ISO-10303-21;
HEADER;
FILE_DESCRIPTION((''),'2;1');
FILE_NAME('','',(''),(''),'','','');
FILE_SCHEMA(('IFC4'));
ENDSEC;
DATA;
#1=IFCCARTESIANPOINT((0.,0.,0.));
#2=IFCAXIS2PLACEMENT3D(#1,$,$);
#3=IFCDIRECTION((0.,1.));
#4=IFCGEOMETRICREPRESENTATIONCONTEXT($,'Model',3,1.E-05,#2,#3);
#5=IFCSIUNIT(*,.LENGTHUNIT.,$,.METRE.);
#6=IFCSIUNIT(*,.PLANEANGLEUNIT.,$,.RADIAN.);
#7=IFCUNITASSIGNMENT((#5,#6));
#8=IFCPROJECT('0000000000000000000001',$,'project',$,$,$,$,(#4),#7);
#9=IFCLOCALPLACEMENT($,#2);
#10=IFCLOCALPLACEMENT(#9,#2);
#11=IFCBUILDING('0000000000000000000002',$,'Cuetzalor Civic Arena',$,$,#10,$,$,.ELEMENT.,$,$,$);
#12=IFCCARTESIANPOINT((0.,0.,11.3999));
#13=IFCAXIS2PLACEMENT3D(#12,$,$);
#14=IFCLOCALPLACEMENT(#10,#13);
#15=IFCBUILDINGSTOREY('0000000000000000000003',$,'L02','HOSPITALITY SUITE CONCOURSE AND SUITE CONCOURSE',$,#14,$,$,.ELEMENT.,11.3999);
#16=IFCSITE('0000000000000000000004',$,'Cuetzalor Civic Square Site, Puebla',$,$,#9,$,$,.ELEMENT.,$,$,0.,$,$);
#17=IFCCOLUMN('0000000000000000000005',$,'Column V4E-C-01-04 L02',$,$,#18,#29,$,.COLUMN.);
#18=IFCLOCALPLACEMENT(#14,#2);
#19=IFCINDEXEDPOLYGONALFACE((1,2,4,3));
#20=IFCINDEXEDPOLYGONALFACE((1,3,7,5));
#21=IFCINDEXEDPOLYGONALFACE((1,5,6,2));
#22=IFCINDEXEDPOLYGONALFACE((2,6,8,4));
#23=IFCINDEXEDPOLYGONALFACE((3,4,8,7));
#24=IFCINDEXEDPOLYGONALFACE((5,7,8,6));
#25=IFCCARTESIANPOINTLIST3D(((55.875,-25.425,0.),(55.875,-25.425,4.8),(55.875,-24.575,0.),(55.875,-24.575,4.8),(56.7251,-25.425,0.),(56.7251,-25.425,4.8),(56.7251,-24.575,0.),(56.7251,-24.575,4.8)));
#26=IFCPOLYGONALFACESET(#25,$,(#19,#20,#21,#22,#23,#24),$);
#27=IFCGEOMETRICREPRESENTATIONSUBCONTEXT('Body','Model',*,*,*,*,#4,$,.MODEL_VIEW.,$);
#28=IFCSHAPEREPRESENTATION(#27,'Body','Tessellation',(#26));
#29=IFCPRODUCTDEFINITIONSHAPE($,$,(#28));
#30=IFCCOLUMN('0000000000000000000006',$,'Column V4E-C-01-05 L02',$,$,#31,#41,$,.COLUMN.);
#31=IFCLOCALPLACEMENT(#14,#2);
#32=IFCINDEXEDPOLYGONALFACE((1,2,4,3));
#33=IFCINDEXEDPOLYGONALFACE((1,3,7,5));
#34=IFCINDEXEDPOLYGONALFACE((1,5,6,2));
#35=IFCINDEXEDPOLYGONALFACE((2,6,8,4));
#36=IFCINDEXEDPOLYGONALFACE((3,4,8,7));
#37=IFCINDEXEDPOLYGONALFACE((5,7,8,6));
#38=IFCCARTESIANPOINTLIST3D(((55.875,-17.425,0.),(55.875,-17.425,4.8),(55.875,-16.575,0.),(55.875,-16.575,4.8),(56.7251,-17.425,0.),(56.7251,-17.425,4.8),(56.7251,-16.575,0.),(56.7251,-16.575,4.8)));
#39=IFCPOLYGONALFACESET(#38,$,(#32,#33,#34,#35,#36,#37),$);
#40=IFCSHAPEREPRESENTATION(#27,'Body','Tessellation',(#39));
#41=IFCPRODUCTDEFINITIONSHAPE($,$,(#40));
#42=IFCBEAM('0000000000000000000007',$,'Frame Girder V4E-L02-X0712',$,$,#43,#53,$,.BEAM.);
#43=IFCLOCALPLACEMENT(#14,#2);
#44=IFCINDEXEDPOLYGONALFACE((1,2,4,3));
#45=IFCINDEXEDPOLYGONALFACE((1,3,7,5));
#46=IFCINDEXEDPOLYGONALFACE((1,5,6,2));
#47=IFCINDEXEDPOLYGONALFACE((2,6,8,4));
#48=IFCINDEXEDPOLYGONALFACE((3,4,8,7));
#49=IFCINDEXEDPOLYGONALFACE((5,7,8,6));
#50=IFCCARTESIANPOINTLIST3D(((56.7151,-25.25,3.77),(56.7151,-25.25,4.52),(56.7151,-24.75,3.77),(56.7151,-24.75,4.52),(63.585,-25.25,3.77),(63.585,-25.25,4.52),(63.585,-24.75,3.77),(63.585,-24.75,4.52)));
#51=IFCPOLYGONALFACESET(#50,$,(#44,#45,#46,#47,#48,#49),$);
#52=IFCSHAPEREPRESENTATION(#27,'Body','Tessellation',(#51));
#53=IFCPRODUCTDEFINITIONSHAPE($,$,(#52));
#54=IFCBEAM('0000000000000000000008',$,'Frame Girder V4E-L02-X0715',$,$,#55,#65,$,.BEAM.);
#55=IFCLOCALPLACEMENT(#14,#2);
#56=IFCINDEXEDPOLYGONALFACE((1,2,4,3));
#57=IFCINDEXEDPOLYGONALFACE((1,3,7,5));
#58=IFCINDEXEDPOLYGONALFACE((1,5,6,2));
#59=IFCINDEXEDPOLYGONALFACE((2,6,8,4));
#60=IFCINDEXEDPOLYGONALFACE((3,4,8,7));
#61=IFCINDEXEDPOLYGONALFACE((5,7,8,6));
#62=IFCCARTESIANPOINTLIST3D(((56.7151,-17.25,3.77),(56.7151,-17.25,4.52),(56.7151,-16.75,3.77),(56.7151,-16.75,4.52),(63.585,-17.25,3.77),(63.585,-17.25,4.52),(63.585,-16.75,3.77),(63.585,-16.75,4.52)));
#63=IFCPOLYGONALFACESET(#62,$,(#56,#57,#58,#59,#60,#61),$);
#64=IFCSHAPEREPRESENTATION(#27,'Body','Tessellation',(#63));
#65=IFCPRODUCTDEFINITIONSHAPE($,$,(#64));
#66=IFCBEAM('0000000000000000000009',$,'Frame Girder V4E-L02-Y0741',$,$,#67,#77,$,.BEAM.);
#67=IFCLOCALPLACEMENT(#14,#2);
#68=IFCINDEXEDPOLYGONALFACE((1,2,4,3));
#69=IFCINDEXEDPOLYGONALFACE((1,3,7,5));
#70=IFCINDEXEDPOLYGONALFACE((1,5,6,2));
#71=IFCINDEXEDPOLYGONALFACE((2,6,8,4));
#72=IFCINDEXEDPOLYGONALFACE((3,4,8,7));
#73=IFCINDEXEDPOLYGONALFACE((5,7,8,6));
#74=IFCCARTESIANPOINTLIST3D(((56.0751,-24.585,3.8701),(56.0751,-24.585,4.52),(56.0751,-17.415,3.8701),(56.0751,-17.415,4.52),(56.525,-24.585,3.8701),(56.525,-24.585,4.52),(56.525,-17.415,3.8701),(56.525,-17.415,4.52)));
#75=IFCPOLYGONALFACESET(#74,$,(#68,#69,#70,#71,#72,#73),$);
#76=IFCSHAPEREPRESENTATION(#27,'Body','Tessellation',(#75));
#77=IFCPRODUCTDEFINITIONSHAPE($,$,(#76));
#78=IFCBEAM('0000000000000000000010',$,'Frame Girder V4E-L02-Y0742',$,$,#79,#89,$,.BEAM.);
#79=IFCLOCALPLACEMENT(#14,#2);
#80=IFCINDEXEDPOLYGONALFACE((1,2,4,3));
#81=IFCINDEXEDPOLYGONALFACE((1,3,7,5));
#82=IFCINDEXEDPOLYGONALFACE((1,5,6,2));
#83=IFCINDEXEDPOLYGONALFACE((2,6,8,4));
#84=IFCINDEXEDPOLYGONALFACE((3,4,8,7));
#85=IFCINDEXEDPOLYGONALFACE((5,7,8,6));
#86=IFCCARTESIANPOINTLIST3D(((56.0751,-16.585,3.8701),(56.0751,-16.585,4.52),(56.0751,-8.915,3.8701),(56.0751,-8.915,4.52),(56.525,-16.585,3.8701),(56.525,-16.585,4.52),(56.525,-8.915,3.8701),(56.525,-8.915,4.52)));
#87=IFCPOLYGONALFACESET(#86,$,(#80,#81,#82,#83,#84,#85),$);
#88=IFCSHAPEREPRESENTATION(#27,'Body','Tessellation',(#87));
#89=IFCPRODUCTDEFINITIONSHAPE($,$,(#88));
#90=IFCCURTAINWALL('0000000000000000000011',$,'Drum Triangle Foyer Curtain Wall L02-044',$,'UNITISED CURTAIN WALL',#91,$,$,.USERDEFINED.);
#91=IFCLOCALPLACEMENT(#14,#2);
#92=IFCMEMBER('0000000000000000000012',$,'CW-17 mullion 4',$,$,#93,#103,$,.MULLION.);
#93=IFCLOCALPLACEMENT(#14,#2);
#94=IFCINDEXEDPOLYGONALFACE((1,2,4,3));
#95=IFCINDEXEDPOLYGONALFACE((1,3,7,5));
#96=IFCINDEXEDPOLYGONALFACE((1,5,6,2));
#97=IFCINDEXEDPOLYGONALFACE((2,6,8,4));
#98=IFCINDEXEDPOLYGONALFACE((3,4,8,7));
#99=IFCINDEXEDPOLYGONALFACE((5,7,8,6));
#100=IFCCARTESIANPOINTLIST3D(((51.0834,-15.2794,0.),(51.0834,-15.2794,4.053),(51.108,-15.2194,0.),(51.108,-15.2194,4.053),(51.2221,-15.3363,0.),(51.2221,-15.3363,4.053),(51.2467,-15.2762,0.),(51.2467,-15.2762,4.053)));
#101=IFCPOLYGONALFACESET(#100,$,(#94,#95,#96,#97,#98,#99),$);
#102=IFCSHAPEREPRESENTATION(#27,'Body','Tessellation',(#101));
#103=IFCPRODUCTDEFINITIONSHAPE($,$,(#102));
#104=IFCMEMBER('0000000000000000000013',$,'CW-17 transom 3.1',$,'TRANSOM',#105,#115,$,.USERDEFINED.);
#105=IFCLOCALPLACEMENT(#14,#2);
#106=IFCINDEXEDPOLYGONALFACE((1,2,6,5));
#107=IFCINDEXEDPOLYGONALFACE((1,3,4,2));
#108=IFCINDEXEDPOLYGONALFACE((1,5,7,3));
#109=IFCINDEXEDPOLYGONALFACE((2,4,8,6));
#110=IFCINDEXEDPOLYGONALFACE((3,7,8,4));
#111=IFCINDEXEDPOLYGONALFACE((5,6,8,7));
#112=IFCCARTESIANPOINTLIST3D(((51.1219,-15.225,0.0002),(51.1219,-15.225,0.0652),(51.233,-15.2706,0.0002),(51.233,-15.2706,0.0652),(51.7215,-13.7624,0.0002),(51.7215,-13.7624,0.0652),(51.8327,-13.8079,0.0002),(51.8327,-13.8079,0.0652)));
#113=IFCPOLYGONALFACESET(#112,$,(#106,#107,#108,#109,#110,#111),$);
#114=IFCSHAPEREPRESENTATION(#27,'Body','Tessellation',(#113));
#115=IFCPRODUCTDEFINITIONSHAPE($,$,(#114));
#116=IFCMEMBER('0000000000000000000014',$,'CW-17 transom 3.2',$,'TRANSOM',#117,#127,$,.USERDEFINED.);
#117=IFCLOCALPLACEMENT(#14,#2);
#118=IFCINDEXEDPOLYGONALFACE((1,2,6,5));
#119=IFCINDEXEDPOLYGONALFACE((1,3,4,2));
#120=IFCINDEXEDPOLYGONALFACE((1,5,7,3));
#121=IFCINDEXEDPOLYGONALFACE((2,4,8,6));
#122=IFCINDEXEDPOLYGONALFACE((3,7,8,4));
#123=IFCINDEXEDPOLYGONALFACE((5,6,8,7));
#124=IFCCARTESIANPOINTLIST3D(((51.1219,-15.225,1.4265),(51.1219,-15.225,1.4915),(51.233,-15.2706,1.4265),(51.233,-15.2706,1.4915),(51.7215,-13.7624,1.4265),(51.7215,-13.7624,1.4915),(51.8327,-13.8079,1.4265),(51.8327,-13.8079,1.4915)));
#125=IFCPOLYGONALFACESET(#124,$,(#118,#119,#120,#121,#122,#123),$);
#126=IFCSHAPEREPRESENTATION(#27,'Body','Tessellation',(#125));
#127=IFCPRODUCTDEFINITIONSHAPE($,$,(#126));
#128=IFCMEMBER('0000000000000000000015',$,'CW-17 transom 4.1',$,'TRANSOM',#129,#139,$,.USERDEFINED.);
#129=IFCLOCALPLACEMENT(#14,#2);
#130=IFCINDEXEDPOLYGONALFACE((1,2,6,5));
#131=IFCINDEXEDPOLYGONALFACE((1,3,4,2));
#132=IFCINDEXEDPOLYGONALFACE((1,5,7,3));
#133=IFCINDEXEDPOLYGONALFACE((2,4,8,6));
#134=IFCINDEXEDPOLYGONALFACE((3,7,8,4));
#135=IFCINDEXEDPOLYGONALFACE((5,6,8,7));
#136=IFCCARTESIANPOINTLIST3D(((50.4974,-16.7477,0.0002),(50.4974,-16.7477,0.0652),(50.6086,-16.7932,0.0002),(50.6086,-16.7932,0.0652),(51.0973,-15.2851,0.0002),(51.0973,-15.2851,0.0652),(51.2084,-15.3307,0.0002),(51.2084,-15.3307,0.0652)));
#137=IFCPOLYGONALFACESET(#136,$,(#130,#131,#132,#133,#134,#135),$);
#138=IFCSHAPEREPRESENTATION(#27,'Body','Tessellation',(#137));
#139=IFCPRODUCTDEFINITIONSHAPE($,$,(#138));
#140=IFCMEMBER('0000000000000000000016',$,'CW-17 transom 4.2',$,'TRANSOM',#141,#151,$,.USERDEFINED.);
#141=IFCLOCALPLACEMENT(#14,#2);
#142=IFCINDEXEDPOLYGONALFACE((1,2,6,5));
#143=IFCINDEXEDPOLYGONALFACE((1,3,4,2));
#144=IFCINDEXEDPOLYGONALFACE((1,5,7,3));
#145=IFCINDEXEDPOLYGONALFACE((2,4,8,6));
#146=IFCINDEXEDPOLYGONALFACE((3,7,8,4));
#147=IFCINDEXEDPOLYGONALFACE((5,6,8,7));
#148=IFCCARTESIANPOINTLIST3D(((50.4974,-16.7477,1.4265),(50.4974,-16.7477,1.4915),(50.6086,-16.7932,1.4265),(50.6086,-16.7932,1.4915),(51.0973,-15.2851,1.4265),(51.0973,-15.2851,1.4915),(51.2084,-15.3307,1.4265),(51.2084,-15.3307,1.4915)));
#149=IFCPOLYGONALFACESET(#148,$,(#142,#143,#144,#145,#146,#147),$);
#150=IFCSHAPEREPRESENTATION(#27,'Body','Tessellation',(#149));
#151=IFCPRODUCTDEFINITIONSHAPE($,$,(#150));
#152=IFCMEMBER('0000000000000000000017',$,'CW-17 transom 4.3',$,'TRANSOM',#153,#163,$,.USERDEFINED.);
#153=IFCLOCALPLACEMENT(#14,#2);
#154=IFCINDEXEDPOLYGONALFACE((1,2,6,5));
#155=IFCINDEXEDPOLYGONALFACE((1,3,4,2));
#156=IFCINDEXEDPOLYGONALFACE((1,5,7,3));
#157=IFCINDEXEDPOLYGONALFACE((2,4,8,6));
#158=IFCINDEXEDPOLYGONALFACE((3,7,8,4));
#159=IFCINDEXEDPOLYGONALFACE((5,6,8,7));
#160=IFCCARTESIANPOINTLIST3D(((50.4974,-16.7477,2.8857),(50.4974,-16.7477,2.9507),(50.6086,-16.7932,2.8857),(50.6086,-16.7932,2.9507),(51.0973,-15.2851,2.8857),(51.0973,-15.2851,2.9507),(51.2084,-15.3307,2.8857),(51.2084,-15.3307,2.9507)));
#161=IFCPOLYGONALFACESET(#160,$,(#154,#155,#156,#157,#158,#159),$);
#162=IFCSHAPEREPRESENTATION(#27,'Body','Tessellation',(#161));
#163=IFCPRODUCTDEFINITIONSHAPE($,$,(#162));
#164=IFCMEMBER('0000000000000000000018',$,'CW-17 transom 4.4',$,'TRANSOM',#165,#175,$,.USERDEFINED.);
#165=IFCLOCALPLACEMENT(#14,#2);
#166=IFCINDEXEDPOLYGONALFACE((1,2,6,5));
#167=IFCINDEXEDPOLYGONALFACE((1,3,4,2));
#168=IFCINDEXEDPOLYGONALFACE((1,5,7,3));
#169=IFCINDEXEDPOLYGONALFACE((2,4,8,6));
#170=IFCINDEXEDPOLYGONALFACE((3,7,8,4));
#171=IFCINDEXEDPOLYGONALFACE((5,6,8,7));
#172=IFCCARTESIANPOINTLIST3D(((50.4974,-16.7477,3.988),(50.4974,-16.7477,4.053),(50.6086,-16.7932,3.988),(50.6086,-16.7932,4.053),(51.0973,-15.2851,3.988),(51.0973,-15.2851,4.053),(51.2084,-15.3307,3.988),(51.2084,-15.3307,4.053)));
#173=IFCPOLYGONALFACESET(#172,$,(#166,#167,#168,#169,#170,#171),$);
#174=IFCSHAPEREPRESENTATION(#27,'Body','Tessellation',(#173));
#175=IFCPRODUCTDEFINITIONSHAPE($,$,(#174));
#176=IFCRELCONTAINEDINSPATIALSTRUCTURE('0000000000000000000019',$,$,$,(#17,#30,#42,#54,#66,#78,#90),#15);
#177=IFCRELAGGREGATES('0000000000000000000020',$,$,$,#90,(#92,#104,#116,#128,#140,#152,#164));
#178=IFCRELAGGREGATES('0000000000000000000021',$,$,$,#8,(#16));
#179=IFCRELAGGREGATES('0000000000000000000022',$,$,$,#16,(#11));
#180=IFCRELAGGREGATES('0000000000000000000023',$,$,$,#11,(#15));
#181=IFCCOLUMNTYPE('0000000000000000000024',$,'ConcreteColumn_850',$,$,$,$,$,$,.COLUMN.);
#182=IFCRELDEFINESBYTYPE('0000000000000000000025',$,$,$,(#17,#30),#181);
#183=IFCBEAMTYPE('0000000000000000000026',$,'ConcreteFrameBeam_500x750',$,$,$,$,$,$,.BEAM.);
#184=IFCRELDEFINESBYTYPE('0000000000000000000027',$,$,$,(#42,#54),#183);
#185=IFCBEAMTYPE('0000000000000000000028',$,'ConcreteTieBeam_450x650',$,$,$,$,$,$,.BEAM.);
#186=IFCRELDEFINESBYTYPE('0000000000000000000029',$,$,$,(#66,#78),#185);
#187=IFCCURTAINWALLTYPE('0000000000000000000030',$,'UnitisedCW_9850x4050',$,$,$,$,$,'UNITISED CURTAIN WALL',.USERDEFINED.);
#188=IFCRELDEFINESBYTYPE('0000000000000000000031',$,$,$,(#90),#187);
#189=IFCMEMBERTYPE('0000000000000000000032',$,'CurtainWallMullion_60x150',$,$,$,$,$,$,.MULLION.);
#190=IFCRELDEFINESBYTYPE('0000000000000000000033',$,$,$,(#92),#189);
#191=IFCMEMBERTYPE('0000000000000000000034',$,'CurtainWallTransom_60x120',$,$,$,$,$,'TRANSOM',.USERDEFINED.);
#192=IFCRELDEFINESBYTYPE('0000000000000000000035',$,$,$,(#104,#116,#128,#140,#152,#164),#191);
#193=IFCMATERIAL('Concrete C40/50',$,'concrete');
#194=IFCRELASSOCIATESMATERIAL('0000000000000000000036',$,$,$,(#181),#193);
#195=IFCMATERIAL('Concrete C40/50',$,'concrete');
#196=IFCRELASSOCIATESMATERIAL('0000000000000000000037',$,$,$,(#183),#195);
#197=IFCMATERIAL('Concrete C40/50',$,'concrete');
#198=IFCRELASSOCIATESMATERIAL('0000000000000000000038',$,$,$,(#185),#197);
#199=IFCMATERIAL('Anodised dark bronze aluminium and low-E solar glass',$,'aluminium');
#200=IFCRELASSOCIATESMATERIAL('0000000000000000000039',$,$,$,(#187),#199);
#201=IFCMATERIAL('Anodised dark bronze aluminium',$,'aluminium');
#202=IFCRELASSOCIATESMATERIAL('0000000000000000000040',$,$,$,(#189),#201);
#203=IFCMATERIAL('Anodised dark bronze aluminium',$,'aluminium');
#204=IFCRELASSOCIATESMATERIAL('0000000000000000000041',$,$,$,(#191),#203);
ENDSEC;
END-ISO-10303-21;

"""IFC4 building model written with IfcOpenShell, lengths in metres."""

from ifc_helpers import new_model, si_unit, direction, frame, origin, origin_2d, place, context, subcontext, project, spatial, rectangle, extrude, material, material_profile, profile_set, type_object, element, aggregate, save


model = new_model("IFC4")

# Units and contexts
model_context = context("Model", 3, precision=1e-05, world=origin(), true_north=direction((0.0, 1.0)))
body_context = subcontext(model_context, "Body", "Model", "MODEL_VIEW")
ifc_project = project(units=[si_unit("LENGTHUNIT", "METRE"), si_unit("PLANEANGLEUNIT", "RADIAN")], contexts=[model_context])

# Site, building, storey
site_placement = place(None, origin())
site = spatial("IfcSite", under=ifc_project, at=site_placement, Name="Cuetzalor Civic Square Site, Puebla", CompositionType="ELEMENT", RefElevation=0.0)
building_placement = place(site_placement, origin())
building = spatial("IfcBuilding", under=site, at=building_placement, Name="Cuetzalor Civic Arena", CompositionType="ELEMENT")
storey_placement = place(building_placement, frame((0.0, 0.0, 11.3999)))
storey = spatial("IfcBuildingStorey", under=building, at=storey_placement, Name="L02", Description="HOSPITALITY SUITE CONCOURSE AND SUITE CONCOURSE", CompositionType="ELEMENT", Elevation=11.3999)

# Columns
ifc_material_1 = material(Name="Concrete C40/50", Category="concrete")
ifc_material_profile_1 = material_profile(ifc_material_1, rectangle(XDim=0.8501, YDim=0.8501, at=origin_2d()), Name="RC 850x850")
ifc_profile_set_1 = profile_set([ifc_material_profile_1], Name="Concrete C40/50")
column_type = type_object("IfcColumnType", Name="ConcreteColumn_850", PredefinedType="COLUMN", material=ifc_profile_set_1)
for number, where, z_axis, x_axis, name in (
    (1, (56.3, -25.0, 0.0), (0.0, 0.0, 1.0), (1.0, 0.0, 0.0), "Column V4E-C-01-04 L02"),
    (2, (56.3, -17.0, 0.0), (0.0, 0.0, 1.0), (1.0, 0.0, 0.0), "Column V4E-C-01-05 L02"),
):
    element("IfcColumn", number, at=place(storey_placement, frame(where, z_axis=z_axis, x_axis=x_axis)), inside=storey, type_object=column_type, Name=name, PredefinedType="COLUMN", context=body_context, shape_type="SweptSolid", body=[
        extrude(rectangle(XDim=0.8501, YDim=0.8501, at=origin_2d()), origin(), (0.0, 0.0, 1.0), 4.8),
    ])

# Beams
ifc_material_2 = material(Name="Concrete C40/50", Category="concrete")
ifc_material_profile_2 = material_profile(ifc_material_2, rectangle(XDim=0.5, YDim=0.75, at=origin_2d()), Name="RC 500x750")
ifc_profile_set_2 = profile_set([ifc_material_profile_2], Name="Concrete C40/50")
beam_type_1 = type_object("IfcBeamType", Name="ConcreteFrameBeam_500x750", PredefinedType="BEAM", material=ifc_profile_set_2)
for number, where, z_axis, x_axis, name in (
    (3, (56.7151, -25.0, 4.145), (1.0, 0.0, 0.0), (0.0, 1.0, 0.0), "Frame Girder V4E-L02-X0712"),
    (4, (56.7151, -17.0, 4.145), (1.0, 0.0, 0.0), (0.0, 1.0, 0.0), "Frame Girder V4E-L02-X0715"),
):
    element("IfcBeam", number, at=place(storey_placement, frame(where, z_axis=z_axis, x_axis=x_axis)), inside=storey, type_object=beam_type_1, Name=name, PredefinedType="BEAM", context=body_context, shape_type="SweptSolid", body=[
        extrude(rectangle(XDim=0.5, YDim=0.75, at=origin_2d()), origin(), (0.0, 0.0, 1.0), 6.8699),
    ])
ifc_material_3 = material(Name="Concrete C40/50", Category="concrete")
ifc_material_profile_3 = material_profile(ifc_material_3, rectangle(XDim=0.45, YDim=0.6499, at=origin_2d()), Name="RC 450x650")
ifc_profile_set_3 = profile_set([ifc_material_profile_3], Name="Concrete C40/50")
beam_type_2 = type_object("IfcBeamType", Name="ConcreteTieBeam_450x650", PredefinedType="BEAM", material=ifc_profile_set_3)
beam_1_placement = place(storey_placement, frame((56.3, -24.585, 4.1951), z_axis=(0.0, 1.0, 0.0), x_axis=(-1.0, 0.0, 0.0)))
element("IfcBeam", 5, at=beam_1_placement, inside=storey, type_object=beam_type_2, Name="Frame Girder V4E-L02-Y0741", PredefinedType="BEAM", context=body_context, shape_type="SweptSolid", body=[
    extrude(rectangle(XDim=0.45, YDim=0.6499, at=origin_2d()), origin(), (0.0, 0.0, 1.0), 7.1699),
])
beam_2_placement = place(storey_placement, frame((56.3, -16.585, 4.1951), z_axis=(0.0, 1.0, 0.0), x_axis=(-1.0, 0.0, 0.0)))
element("IfcBeam", 6, at=beam_2_placement, inside=storey, type_object=beam_type_2, Name="Frame Girder V4E-L02-Y0742", PredefinedType="BEAM", context=body_context, shape_type="SweptSolid", body=[
    extrude(rectangle(XDim=0.45, YDim=0.6499, at=origin_2d()), origin(), (0.0, 0.0, 1.0), 7.6699),
])

# Curtain wall, members
ifc_material_4 = material(Name="Anodised dark bronze aluminium and low-E solar glass", Category="aluminium")
curtain_wall_type = type_object("IfcCurtainWallType", Name="UnitisedCW_9850x4050", ElementType="UNITISED CURTAIN WALL", PredefinedType="USERDEFINED", material=ifc_material_4)
curtain_wall_placement = place(storey_placement, origin())
curtain_wall = element("IfcCurtainWall", 7, at=curtain_wall_placement, inside=storey, type_object=curtain_wall_type, Name="Drum Triangle Foyer Curtain Wall L02-044", ObjectType="UNITISED CURTAIN WALL", PredefinedType="USERDEFINED")
ifc_material_5 = material(Name="Anodised dark bronze aluminium", Category="aluminium")
ifc_material_profile_4 = material_profile(ifc_material_5, rectangle(XDim=0.0649, YDim=0.1499, at=origin_2d()), Name="ALU MULLION 65x150")
ifc_profile_set_4 = profile_set([ifc_material_profile_4], Name="Anodised dark bronze aluminium")
member_type_1 = type_object("IfcMemberType", Name="CurtainWallMullion_60x150", PredefinedType="MULLION", material=ifc_profile_set_4)
member_1_placement = place(storey_placement, frame((51.165, -15.2778, 0.0), z_axis=(0.0, 0.0, 1.0), x_axis=(-0.379391, -0.925236, 0.0)))
member_1 = element("IfcMember", 8, at=member_1_placement, type_object=member_type_1, Name="CW-17 mullion 4", PredefinedType="MULLION", context=body_context, shape_type="SweptSolid", body=[
    extrude(rectangle(XDim=0.0649, YDim=0.1499, at=origin_2d()), origin(), (0.0, 0.0, 1.0), 4.053),
])
ifc_material_6 = material(Name="Anodised dark bronze aluminium", Category="aluminium")
ifc_material_profile_5 = material_profile(ifc_material_6, rectangle(XDim=0.1201, YDim=0.0649, at=origin_2d()), Name="ALU TRANSOM 65x120")
ifc_profile_set_5 = profile_set([ifc_material_profile_5], Name="Anodised dark bronze aluminium")
member_type_2 = type_object("IfcMemberType", Name="CurtainWallTransom_60x120", ElementType="TRANSOM", PredefinedType="USERDEFINED", material=ifc_profile_set_5)
member_2_placement = place(storey_placement, frame((51.7771, -13.7852, 0.0327), z_axis=(-0.379312, -0.925269, 0.0), x_axis=(0.925269, -0.379312, 0.0)))
member_2 = element("IfcMember", 9, at=member_2_placement, type_object=member_type_2, Name="CW-17 transom 3.1", ObjectType="TRANSOM", PredefinedType="USERDEFINED", context=body_context, shape_type="SweptSolid", body=[
    extrude(rectangle(XDim=0.1201, YDim=0.0649, at=origin_2d()), origin(), (0.0, 0.0, 1.0), 1.5808),
])
member_3_placement = place(storey_placement, frame((51.7771, -13.7852, 1.459), z_axis=(-0.379312, -0.925269, 0.0), x_axis=(0.925269, -0.379312, 0.0)))
member_3 = element("IfcMember", 10, at=member_3_placement, type_object=member_type_2, Name="CW-17 transom 3.2", ObjectType="TRANSOM", PredefinedType="USERDEFINED", context=body_context, shape_type="SweptSolid", body=[
    extrude(rectangle(XDim=0.1201, YDim=0.0649, at=origin_2d()), origin(), (0.0, 0.0, 1.0), 1.5808),
])
member_4_placement = place(storey_placement, frame((51.1528, -15.3079, 0.0327), z_axis=(-0.379445, -0.925214, 0.0), x_axis=(0.925214, -0.379445, 0.0)))
member_4 = element("IfcMember", 11, at=member_4_placement, type_object=member_type_2, Name="CW-17 transom 4.1", ObjectType="TRANSOM", PredefinedType="USERDEFINED", context=body_context, shape_type="SweptSolid", body=[
    extrude(rectangle(XDim=0.1201, YDim=0.0649, at=origin_2d()), origin(), (0.0, 0.0, 1.0), 1.5808),
])
member_5_placement = place(storey_placement, frame((51.1528, -15.3079, 1.459), z_axis=(-0.379445, -0.925214, 0.0), x_axis=(0.925214, -0.379445, 0.0)))
member_5 = element("IfcMember", 12, at=member_5_placement, type_object=member_type_2, Name="CW-17 transom 4.2", ObjectType="TRANSOM", PredefinedType="USERDEFINED", context=body_context, shape_type="SweptSolid", body=[
    extrude(rectangle(XDim=0.1201, YDim=0.0649, at=origin_2d()), origin(), (0.0, 0.0, 1.0), 1.5808),
])
member_6_placement = place(storey_placement, frame((51.1528, -15.3079, 2.9182), z_axis=(-0.379445, -0.925214, 0.0), x_axis=(0.925214, -0.379445, 0.0)))
member_6 = element("IfcMember", 13, at=member_6_placement, type_object=member_type_2, Name="CW-17 transom 4.3", ObjectType="TRANSOM", PredefinedType="USERDEFINED", context=body_context, shape_type="SweptSolid", body=[
    extrude(rectangle(XDim=0.1201, YDim=0.0649, at=origin_2d()), origin(), (0.0, 0.0, 1.0), 1.5808),
])
member_7_placement = place(storey_placement, frame((51.1528, -15.3079, 4.0205), z_axis=(-0.379445, -0.925214, 0.0), x_axis=(0.925214, -0.379445, 0.0)))
member_7 = element("IfcMember", 14, at=member_7_placement, type_object=member_type_2, Name="CW-17 transom 4.4", ObjectType="TRANSOM", PredefinedType="USERDEFINED", context=body_context, shape_type="SweptSolid", body=[
    extrude(rectangle(XDim=0.1201, YDim=0.0649, at=origin_2d()), origin(), (0.0, 0.0, 1.0), 1.5808),
])

aggregate(curtain_wall, [member_1, member_2, member_3, member_4, member_5, member_6, member_7])

save(model, "model.ifc")
